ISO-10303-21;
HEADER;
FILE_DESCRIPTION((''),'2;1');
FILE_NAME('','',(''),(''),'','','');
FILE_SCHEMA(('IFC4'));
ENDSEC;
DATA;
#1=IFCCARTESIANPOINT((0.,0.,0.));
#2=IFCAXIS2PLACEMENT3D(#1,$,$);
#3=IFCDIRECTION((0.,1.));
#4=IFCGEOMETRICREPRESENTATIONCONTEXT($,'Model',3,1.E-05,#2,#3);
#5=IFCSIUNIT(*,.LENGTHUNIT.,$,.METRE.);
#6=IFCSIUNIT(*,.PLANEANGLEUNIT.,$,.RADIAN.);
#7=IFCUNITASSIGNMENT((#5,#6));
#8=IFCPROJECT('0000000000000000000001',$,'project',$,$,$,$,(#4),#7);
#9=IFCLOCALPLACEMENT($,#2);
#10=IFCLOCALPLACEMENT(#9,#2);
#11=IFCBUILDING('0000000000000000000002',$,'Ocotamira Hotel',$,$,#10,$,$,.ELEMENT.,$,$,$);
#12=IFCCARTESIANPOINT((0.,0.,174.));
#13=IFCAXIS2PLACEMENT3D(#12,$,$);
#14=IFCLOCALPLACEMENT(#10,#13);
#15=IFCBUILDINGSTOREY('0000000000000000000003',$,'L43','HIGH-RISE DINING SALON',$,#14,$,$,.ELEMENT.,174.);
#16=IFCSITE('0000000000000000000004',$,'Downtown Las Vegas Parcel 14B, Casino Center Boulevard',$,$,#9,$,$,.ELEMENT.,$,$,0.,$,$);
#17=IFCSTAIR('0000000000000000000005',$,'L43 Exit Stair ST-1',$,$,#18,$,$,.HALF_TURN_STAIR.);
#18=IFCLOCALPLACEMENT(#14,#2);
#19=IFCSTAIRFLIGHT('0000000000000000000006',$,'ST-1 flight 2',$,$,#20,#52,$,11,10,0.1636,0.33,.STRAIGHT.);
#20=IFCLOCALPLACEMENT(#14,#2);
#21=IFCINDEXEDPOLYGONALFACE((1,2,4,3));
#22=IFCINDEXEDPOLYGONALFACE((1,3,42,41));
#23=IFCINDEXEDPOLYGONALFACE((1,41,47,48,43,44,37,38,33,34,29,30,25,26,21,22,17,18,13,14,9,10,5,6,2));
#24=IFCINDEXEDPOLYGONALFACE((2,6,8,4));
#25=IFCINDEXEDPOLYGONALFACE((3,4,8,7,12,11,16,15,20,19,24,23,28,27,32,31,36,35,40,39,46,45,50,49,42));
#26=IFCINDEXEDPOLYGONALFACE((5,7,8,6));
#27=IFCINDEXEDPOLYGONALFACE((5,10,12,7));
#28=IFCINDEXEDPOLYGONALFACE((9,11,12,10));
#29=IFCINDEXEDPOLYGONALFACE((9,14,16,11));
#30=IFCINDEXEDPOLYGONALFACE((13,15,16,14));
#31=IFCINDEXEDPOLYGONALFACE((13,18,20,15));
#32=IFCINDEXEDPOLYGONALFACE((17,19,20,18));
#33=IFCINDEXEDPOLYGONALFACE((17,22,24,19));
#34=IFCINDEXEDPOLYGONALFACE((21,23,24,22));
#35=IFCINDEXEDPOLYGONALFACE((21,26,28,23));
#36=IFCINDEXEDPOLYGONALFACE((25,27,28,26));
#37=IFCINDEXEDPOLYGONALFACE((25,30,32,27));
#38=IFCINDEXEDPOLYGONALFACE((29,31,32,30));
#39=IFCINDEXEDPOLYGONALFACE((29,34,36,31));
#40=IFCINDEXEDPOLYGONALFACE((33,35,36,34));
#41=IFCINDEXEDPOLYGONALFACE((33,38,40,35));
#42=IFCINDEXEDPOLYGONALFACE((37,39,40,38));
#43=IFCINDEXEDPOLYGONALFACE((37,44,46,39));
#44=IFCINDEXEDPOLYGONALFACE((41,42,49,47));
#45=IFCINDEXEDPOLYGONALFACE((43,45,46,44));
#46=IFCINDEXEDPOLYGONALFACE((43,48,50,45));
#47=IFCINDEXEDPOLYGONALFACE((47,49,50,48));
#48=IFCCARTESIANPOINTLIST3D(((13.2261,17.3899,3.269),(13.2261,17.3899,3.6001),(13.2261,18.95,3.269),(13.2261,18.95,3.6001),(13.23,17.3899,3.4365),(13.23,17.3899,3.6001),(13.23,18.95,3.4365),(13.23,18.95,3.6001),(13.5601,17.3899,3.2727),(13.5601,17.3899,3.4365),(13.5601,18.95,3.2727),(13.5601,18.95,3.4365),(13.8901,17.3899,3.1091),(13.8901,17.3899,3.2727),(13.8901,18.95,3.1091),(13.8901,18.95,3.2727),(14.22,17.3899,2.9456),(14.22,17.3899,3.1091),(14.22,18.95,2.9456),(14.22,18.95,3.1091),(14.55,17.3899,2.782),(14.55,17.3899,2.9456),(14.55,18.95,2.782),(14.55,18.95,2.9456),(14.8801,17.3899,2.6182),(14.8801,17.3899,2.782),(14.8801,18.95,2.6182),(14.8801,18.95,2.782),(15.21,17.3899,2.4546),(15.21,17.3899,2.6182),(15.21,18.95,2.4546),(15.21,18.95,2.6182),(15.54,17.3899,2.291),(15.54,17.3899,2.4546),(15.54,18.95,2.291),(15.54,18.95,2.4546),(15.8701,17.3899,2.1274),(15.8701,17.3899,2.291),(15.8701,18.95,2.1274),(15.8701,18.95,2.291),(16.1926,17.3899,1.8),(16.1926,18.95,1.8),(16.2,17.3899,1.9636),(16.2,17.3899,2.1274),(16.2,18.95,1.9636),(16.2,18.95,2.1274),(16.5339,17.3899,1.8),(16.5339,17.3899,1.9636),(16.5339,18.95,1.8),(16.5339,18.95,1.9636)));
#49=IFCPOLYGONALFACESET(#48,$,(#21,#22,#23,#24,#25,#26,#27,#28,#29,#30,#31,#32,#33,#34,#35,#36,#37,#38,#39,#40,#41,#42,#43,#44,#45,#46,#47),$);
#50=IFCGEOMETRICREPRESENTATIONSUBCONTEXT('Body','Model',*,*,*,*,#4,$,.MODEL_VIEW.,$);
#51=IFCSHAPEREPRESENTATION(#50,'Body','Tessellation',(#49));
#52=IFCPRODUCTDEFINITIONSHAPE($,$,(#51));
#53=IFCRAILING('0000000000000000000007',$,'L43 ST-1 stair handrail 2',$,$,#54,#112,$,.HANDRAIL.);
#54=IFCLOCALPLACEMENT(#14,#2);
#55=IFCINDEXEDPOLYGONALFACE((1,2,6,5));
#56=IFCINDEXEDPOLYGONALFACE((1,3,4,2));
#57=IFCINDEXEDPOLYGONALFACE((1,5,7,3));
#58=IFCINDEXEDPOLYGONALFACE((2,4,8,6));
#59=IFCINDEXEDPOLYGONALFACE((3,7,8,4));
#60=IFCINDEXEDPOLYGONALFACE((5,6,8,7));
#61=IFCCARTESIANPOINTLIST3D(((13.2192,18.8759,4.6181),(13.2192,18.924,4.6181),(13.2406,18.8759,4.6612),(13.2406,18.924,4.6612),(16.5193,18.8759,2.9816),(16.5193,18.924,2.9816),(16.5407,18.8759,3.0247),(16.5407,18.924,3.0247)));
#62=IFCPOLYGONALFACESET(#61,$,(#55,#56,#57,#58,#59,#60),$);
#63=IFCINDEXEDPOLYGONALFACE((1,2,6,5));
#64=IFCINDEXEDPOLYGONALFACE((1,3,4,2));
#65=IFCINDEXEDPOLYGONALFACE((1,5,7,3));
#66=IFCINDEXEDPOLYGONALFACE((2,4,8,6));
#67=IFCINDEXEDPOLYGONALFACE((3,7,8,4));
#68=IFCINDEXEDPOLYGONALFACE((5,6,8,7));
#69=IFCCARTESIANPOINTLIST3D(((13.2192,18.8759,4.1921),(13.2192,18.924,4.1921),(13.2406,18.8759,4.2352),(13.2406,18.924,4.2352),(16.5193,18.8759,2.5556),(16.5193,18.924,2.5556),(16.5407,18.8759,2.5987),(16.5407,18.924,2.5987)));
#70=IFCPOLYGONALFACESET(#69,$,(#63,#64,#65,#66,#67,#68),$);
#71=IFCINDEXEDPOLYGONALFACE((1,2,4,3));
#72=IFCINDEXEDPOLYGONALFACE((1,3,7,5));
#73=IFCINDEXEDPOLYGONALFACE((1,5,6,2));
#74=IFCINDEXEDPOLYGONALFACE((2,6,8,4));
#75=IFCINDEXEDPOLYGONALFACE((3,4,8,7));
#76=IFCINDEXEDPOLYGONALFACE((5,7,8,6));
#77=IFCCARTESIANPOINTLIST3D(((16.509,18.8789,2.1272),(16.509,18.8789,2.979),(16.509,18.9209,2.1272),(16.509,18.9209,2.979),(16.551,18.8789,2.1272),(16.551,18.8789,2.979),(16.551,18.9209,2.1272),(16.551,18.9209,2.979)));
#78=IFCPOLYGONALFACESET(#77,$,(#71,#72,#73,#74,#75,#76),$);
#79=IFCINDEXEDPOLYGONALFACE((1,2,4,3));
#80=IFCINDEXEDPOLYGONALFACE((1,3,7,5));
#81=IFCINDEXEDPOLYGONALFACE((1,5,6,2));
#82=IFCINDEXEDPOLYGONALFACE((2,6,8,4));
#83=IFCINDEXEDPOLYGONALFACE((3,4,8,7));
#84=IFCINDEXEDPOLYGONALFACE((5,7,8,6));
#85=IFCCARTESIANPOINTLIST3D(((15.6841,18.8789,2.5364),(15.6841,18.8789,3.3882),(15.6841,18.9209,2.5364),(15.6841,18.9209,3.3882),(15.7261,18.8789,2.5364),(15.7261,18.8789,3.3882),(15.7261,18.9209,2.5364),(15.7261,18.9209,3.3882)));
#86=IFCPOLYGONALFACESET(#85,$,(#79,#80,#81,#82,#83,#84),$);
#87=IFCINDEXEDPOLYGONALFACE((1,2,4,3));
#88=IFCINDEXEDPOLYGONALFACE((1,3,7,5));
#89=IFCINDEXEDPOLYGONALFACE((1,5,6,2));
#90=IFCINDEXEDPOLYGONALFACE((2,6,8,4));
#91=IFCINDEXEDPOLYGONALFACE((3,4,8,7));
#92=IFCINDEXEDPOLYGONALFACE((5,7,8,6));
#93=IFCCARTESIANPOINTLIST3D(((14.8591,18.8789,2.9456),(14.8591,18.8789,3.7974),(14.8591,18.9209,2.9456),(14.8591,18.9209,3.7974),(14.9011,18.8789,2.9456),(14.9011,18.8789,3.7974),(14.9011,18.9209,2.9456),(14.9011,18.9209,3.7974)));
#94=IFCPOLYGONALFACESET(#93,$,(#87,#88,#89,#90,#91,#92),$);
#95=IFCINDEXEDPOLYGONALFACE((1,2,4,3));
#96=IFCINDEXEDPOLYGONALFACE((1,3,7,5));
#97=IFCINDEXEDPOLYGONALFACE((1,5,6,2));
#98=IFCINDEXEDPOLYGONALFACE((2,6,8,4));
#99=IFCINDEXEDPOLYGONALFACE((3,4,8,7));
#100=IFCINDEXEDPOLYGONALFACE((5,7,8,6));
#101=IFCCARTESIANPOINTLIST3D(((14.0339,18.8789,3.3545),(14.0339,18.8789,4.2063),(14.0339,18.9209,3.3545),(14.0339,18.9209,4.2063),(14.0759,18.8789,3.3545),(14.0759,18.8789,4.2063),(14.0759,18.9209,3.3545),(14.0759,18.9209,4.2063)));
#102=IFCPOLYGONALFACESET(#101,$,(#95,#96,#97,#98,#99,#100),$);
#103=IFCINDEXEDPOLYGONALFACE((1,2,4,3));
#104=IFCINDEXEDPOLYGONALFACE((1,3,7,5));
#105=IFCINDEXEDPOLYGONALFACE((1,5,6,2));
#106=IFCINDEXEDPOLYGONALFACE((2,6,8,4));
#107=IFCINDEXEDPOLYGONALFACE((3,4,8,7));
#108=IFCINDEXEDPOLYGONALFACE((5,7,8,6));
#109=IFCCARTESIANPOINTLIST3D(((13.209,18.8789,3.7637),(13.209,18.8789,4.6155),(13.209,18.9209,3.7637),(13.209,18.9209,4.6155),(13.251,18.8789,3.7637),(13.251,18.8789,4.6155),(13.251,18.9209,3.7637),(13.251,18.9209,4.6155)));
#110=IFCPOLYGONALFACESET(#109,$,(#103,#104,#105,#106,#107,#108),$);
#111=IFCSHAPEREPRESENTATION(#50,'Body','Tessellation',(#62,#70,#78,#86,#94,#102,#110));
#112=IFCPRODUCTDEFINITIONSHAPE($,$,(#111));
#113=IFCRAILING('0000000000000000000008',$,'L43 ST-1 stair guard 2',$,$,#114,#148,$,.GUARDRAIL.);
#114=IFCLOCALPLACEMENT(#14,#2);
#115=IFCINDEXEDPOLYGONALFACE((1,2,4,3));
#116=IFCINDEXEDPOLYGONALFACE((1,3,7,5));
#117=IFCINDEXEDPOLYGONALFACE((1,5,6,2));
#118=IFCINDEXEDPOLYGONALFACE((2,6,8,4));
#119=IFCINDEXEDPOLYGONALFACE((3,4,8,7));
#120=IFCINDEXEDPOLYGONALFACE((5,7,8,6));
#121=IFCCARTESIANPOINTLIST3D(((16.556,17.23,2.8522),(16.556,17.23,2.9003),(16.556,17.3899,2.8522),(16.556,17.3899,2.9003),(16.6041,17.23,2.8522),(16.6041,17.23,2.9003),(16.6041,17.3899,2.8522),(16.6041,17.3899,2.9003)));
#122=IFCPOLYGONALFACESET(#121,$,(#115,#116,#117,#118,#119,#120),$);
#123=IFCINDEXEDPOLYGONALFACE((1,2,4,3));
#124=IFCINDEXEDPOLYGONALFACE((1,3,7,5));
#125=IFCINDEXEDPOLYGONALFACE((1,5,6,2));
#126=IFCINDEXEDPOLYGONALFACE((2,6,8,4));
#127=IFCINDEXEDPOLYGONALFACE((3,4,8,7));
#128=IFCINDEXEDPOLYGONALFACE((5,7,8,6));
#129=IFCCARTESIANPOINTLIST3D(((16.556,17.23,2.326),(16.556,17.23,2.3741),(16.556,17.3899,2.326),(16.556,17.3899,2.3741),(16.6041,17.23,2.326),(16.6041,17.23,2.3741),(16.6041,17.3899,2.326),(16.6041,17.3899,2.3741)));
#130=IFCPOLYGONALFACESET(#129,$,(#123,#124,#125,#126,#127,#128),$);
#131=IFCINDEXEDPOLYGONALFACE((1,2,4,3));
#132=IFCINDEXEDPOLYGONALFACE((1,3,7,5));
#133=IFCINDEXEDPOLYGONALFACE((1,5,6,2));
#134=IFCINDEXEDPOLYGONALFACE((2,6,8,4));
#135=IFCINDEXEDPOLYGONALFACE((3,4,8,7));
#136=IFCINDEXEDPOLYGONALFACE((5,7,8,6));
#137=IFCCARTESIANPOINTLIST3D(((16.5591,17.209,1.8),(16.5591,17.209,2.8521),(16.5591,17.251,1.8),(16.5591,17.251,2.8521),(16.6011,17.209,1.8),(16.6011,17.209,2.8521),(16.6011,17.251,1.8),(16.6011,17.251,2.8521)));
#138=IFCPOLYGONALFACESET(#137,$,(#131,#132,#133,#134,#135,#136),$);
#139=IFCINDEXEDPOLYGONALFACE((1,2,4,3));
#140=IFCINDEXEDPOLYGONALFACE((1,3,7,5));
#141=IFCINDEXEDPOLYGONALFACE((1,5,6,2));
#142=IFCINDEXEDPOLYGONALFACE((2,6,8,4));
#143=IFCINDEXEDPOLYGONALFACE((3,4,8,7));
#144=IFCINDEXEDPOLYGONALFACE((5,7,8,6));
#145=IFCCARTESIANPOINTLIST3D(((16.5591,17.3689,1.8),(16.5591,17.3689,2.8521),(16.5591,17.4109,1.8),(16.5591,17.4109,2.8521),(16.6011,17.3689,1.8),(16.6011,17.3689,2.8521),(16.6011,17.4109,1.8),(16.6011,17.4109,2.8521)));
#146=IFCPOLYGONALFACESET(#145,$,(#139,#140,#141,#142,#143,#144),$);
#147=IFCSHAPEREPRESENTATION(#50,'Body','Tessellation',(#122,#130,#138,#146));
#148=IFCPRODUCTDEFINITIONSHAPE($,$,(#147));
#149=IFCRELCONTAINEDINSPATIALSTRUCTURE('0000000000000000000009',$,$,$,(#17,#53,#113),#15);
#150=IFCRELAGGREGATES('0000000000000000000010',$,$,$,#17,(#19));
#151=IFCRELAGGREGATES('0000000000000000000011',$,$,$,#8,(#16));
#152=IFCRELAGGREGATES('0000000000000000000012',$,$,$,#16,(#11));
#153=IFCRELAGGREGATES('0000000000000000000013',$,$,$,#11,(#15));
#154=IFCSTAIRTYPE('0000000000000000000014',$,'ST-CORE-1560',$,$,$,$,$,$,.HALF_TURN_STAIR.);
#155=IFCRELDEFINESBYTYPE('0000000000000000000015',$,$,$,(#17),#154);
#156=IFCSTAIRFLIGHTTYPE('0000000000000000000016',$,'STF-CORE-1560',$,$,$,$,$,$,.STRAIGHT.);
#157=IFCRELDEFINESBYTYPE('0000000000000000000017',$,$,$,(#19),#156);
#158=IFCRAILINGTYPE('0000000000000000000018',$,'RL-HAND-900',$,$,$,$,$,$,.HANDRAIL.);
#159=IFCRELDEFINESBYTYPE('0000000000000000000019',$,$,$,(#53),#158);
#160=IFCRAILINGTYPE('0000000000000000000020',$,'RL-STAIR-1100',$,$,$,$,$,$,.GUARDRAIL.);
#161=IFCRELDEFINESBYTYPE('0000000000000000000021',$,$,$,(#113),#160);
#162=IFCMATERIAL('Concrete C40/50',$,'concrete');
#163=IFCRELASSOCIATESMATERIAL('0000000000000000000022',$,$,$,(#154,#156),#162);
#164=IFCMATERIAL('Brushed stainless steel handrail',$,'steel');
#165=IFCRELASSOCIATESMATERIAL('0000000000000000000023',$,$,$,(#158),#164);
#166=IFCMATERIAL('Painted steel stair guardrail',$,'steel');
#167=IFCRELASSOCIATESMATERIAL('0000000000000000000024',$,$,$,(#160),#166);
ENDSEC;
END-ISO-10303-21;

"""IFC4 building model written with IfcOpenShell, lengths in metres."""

from ifc_helpers import new_model, si_unit, direction, frame, origin, origin_2d, place, context, subcontext, project, spatial, polyline, rectangle, outline, extrude, source, transform, mapped, material, type_object, element, aggregate, save


model = new_model("IFC4")

# Units and contexts
model_context = context("Model", 3, precision=1e-05, world=origin(), true_north=direction((0.0, 1.0)))
body_context = subcontext(model_context, "Body", "Model", "MODEL_VIEW")
ifc_project = project(units=[si_unit("LENGTHUNIT", "METRE"), si_unit("PLANEANGLEUNIT", "RADIAN")], contexts=[model_context])

# Site, building, storey
site_placement = place(None, origin())
site = spatial("IfcSite", under=ifc_project, at=site_placement, Name="Downtown Las Vegas Parcel 14B, Casino Center Boulevard", CompositionType="ELEMENT", RefElevation=0.0)
building_placement = place(site_placement, origin())
building = spatial("IfcBuilding", under=site, at=building_placement, Name="Ocotamira Hotel", CompositionType="ELEMENT")
storey_placement = place(building_placement, frame((0.0, 0.0, 174.0)))
storey = spatial("IfcBuildingStorey", under=building, at=storey_placement, Name="L43", Description="HIGH-RISE DINING SALON", CompositionType="ELEMENT", Elevation=174.0)

# Stair, stair flight
ifc_material_1 = material(Name="Concrete C40/50", Category="concrete")
stair_type = type_object("IfcStairType", Name="ST-CORE-1560", PredefinedType="HALF_TURN_STAIR", material=ifc_material_1)
stair_placement = place(storey_placement, origin())
stair = element("IfcStair", 1, at=stair_placement, inside=storey, type_object=stair_type, Name="L43 Exit Stair ST-1", PredefinedType="HALF_TURN_STAIR")
stair_flight_type = type_object("IfcStairFlightType", Name="STF-CORE-1560", PredefinedType="STRAIGHT", material=ifc_material_1)
shared_shape_1 = source(origin(), body_context, "Body", "SweptSolid", [
    extrude(outline(polyline([(-0.0039, 0.0), (-0.0039, 0.1636), (0.3301, 0.1636), (0.3301, 0.3274), (0.6599, 0.3274), (0.6599, 0.491), (0.99, 0.491), (0.99, 0.6545), (1.3201, 0.6545), (1.3201, 0.8181), (1.6499, 0.8181), (1.6499, 0.9819), (1.98, 0.9819), (1.98, 1.1455), (2.3101, 1.1455), (2.3101, 1.3091), (2.6399, 1.3091), (2.6399, 1.4727), (2.97, 1.4727), (2.97, 1.6365), (3.3, 1.6365), (3.3, 1.8), (3.304, 1.8), (3.304, 1.469), (0.3374, 0.0), (-0.0039, 0.0)])), frame((0.0, 0.78, 0.0), z_axis=(0.0, -1.0, 0.0), x_axis=(1.0, 0.0, 0.0)), (0.0, 0.0, 1.0), 1.5601),
])
stair_flight_placement = place(storey_placement, frame((16.53, 18.1699, 1.8), z_axis=(0.0, 0.0, 1.0), x_axis=(-1.0, 0.0, 0.0)))
stair_flight = element("IfcStairFlight", 2, at=stair_flight_placement, type_object=stair_flight_type, Name="ST-1 flight 2", NumberOfRisers=11, NumberOfTreads=10, PredefinedType="STRAIGHT", RiserHeight=0.1636, TreadLength=0.33, context=body_context, shape_type="MappedRepresentation", body=[
    mapped(shared_shape_1, transform((0.0, 0.0, 0.0), scale=1.0)),
])
aggregate(stair, [stair_flight])

# Railings
ifc_material_2 = material(Name="Brushed stainless steel handrail", Category="steel")
railing_type_1 = type_object("IfcRailingType", Name="RL-HAND-900", PredefinedType="HANDRAIL", material=ifc_material_2)
railing_1_placement = place(storey_placement, frame((16.53, 18.8999, 2.1272)))
element("IfcRailing", 3, at=railing_1_placement, inside=storey, type_object=railing_type_1, Name="L43 ST-1 stair handrail 2", PredefinedType="HANDRAIL", context=body_context, shape_type="SweptSolid", body=[
    extrude(rectangle(XDim=0.0481, YDim=0.0481, at=origin_2d()), frame((0.0, 0.0, 0.876), z_axis=(-0.895894, 0.0, 0.444268), x_axis=(0.0, -1.0, 0.0)), (0.0, 0.0, 1.0), 3.6836),
    extrude(rectangle(XDim=0.0481, YDim=0.0481, at=origin_2d()), frame((0.0, 0.0, 0.45), z_axis=(-0.895894, 0.0, 0.444268), x_axis=(0.0, -1.0, 0.0)), (0.0, 0.0, 1.0), 3.6836),
    extrude(rectangle(XDim=0.042, YDim=0.042, at=origin_2d()), origin(), (0.0, 0.0, 1.0), 0.8518),
    extrude(rectangle(XDim=0.042, YDim=0.042, at=origin_2d()), frame((-0.825, 0.0, 0.4092)), (0.0, 0.0, 1.0), 0.8518),
    extrude(rectangle(XDim=0.042, YDim=0.042, at=origin_2d()), frame((-1.6499, 0.0, 0.8184)), (0.0, 0.0, 1.0), 0.8518),
    extrude(rectangle(XDim=0.042, YDim=0.042, at=origin_2d()), frame((-2.4751, 0.0, 1.2273)), (0.0, 0.0, 1.0), 0.8518),
    extrude(rectangle(XDim=0.042, YDim=0.042, at=origin_2d()), frame((-3.3, 0.0, 1.6365)), (0.0, 0.0, 1.0), 0.8518),
])
ifc_material_3 = material(Name="Painted steel stair guardrail", Category="steel")
railing_type_2 = type_object("IfcRailingType", Name="RL-STAIR-1100", PredefinedType="GUARDRAIL", material=ifc_material_3)
railing_2_placement = place(storey_placement, frame((16.5801, 17.23, 1.8)))
element("IfcRailing", 4, at=railing_2_placement, inside=storey, type_object=railing_type_2, Name="L43 ST-1 stair guard 2", PredefinedType="GUARDRAIL", context=body_context, shape_type="SweptSolid", body=[
    extrude(rectangle(XDim=0.0481, YDim=0.0481, at=origin_2d()), frame((0.0, 0.0, 1.0762), z_axis=(0.0, 1.0, 0.0), x_axis=(-1.0, 0.0, 0.0)), (0.0, 0.0, 1.0), 0.1599),
    extrude(rectangle(XDim=0.0481, YDim=0.0481, at=origin_2d()), frame((0.0, 0.0, 0.55), z_axis=(0.0, 1.0, 0.0), x_axis=(-1.0, 0.0, 0.0)), (0.0, 0.0, 1.0), 0.1599),
    extrude(rectangle(XDim=0.042, YDim=0.042, at=origin_2d()), origin(), (0.0, 0.0, 1.0), 1.052),
    extrude(rectangle(XDim=0.042, YDim=0.042, at=origin_2d()), frame((0.0, 0.1599, 0.0)), (0.0, 0.0, 1.0), 1.052),
])

save(model, "model.ifc")
